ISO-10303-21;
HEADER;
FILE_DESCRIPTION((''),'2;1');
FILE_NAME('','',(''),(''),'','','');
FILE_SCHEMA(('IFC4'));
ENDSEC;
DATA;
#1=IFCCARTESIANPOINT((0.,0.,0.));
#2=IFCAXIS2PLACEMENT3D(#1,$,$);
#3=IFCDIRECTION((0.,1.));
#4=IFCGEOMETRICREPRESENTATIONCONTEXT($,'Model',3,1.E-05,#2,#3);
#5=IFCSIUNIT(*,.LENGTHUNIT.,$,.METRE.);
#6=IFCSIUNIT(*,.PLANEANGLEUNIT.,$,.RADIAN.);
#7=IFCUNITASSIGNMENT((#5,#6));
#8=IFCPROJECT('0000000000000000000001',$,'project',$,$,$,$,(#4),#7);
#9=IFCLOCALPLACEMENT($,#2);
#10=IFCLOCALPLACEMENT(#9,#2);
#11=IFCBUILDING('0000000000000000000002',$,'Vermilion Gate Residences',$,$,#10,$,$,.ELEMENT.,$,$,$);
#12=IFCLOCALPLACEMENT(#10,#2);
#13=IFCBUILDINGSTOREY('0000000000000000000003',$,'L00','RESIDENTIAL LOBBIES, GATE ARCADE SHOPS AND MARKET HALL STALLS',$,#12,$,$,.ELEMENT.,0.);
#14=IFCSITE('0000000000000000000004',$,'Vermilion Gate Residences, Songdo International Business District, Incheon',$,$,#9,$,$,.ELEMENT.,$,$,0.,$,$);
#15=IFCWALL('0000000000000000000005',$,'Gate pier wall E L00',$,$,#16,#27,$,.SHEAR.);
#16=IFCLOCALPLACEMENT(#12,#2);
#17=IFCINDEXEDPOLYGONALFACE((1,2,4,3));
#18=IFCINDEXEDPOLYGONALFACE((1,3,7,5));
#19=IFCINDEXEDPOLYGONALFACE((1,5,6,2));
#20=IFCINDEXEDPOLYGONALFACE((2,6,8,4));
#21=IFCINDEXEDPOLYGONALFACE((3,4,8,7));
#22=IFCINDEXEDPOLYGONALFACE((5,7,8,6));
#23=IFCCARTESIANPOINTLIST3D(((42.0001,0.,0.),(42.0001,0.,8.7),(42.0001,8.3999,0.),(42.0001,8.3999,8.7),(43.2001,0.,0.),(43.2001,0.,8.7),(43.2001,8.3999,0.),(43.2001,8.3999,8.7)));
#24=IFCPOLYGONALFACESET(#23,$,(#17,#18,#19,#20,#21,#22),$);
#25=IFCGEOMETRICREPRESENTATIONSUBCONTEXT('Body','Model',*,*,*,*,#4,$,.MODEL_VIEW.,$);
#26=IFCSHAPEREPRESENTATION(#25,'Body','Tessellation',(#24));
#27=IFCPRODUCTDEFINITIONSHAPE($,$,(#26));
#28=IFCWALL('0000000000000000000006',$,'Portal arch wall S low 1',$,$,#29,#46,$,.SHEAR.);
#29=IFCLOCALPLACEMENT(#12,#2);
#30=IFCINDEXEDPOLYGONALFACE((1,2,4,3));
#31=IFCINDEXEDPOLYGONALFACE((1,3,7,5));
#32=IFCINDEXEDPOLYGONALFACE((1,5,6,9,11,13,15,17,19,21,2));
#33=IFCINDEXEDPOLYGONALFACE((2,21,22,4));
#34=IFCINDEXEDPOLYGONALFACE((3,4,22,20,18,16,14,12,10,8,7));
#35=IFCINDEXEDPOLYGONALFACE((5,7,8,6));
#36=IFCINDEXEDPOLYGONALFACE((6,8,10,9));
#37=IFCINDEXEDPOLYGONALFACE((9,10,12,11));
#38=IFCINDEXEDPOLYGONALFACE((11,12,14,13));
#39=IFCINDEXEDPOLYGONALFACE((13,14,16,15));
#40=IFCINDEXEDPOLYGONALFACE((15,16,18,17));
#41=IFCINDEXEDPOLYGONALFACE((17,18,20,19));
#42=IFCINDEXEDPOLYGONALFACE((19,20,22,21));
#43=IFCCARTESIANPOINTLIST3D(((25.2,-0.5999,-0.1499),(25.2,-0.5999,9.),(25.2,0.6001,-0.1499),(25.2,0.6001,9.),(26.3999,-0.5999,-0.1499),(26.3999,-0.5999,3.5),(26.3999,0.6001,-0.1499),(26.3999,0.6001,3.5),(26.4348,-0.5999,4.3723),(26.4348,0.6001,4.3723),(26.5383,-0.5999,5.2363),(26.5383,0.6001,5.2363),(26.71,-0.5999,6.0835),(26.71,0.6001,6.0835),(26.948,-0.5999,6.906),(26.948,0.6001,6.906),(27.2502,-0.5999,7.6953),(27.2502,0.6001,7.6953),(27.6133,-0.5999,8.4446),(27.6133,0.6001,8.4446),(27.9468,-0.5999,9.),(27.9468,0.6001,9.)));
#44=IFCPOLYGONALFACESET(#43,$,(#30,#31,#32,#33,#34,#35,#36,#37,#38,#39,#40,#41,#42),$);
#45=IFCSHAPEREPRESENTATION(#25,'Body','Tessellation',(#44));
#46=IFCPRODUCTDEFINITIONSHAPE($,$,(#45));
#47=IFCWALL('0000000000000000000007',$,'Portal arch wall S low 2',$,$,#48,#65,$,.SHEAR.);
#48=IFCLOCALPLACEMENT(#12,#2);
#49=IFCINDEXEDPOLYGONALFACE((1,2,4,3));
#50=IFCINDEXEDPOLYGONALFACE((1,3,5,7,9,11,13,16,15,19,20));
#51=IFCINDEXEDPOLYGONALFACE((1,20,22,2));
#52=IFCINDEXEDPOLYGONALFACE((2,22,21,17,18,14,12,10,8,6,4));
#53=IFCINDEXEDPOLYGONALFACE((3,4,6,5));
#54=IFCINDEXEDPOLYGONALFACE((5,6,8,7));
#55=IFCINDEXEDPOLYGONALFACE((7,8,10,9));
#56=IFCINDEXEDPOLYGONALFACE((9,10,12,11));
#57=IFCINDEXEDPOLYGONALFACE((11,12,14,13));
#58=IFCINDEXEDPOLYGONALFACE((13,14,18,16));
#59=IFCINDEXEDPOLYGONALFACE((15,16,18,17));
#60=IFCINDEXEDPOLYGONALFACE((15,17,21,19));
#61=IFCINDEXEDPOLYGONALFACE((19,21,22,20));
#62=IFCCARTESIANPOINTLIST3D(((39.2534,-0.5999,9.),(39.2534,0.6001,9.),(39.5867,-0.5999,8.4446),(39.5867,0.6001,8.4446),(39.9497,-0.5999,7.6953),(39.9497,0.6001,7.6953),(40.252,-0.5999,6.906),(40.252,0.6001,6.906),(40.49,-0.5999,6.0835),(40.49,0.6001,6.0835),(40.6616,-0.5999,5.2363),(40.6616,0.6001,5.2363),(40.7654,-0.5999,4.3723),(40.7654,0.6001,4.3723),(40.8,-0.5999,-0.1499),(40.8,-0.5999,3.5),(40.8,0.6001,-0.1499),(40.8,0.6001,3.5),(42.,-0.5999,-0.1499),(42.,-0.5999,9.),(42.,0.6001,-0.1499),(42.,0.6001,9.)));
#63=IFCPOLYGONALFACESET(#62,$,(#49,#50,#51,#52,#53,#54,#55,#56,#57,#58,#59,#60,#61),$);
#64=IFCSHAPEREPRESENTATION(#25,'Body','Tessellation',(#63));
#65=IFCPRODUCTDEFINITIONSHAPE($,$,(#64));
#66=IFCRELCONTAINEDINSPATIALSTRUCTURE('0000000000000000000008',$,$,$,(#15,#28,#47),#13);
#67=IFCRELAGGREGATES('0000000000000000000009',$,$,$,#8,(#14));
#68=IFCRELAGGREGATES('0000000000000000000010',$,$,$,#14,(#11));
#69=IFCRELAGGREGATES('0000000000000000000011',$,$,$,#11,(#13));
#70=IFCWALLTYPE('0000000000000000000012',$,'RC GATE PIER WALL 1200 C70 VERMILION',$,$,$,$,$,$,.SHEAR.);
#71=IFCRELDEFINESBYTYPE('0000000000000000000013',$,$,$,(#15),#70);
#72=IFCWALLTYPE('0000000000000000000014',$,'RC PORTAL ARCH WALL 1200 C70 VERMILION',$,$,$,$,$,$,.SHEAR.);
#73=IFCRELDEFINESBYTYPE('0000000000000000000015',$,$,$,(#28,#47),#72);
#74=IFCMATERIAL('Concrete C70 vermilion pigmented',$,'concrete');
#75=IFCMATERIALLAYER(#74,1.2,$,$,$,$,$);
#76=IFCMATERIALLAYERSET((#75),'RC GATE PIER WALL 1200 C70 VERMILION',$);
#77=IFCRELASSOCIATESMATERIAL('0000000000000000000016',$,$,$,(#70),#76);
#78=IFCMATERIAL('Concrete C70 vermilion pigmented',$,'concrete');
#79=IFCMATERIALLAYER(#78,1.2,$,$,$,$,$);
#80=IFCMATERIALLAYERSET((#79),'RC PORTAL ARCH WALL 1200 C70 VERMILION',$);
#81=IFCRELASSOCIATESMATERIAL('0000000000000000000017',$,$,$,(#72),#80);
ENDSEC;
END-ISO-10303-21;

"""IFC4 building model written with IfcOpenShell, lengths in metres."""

from ifc_helpers import new_model, si_unit, direction, frame, frame_2d, origin, place, context, subcontext, project, spatial, polyline, rectangle, outline, extrude, material, layer, layer_set, type_object, element, save


model = new_model("IFC4")

# Units and contexts
model_context = context("Model", 3, precision=1e-05, world=origin(), true_north=direction((0.0, 1.0)))
body_context = subcontext(model_context, "Body", "Model", "MODEL_VIEW")
ifc_project = project(units=[si_unit("LENGTHUNIT", "METRE"), si_unit("PLANEANGLEUNIT", "RADIAN")], contexts=[model_context])

# Site, building, storey
site_placement = place(None, origin())
site = spatial("IfcSite", under=ifc_project, at=site_placement, Name="Vermilion Gate Residences, Songdo International Business District, Incheon", CompositionType="ELEMENT", RefElevation=0.0)
building_placement = place(site_placement, origin())
building = spatial("IfcBuilding", under=site, at=building_placement, Name="Vermilion Gate Residences", CompositionType="ELEMENT")
storey_placement = place(building_placement, origin())
storey = spatial("IfcBuildingStorey", under=building, at=storey_placement, Name="L00", Description="RESIDENTIAL LOBBIES, GATE ARCADE SHOPS AND MARKET HALL STALLS", CompositionType="ELEMENT", Elevation=0.0)

# Shared definitions
ifc_material_1 = material(Name="Concrete C70 vermilion pigmented", Category="concrete")
ifc_layer_1 = layer(ifc_material_1, 1.2)
ifc_layer_set_1 = layer_set([ifc_layer_1], Name="RC GATE PIER WALL 1200 C70 VERMILION")
wall_type_1 = type_object("IfcWallType", Name="RC GATE PIER WALL 1200 C70 VERMILION", PredefinedType="SHEAR", material=ifc_layer_set_1)

# Walls
wall_1_placement = place(storey_placement, frame((42.6001, 0.0, 0.0), z_axis=(0.0, 0.0, 1.0), x_axis=(0.0, 1.0, 0.0)))
element("IfcWall", 1, at=wall_1_placement, inside=storey, type_object=wall_type_1, Name="Gate pier wall E L00", PredefinedType="SHEAR", context=body_context, shape_type="SweptSolid", body=[
    extrude(rectangle(XDim=8.3999, YDim=1.2, at=frame_2d((4.2, 0.0))), origin(), (0.0, 0.0, 1.0), 8.7),
])
ifc_material_2 = material(Name="Concrete C70 vermilion pigmented", Category="concrete")
ifc_layer_2 = layer(ifc_material_2, 1.2)
ifc_layer_set_2 = layer_set([ifc_layer_2], Name="RC PORTAL ARCH WALL 1200 C70 VERMILION")
wall_type_2 = type_object("IfcWallType", Name="RC PORTAL ARCH WALL 1200 C70 VERMILION", PredefinedType="SHEAR", material=ifc_layer_set_2)
wall_2_placement = place(storey_placement, frame((25.2, 0.6001, 9.0), z_axis=(0.0, 1.0, 0.0), x_axis=(1.0, 0.0, 0.0)))
element("IfcWall", 2, at=wall_2_placement, inside=storey, type_object=wall_type_2, Name="Portal arch wall S low 1", PredefinedType="SHEAR", context=body_context, shape_type="SweptSolid", body=[
    extrude(outline(polyline([(0.0, 0.0), (2.7468, 0.0), (2.4133, 0.5554), (2.0503, 1.3047), (1.748, 2.094), (1.51, 2.9165), (1.3384, 3.7637), (1.2349, 4.6277), (1.2, 5.5), (1.2, 9.1499), (0.0, 9.1499), (0.0, 0.0)])), origin(), (0.0, 0.0, -1.0), 1.2),
])
wall_3_placement = place(storey_placement, frame((42.0, 0.6001, -0.1499), z_axis=(0.0, 1.0, 0.0), x_axis=(-1.0, 0.0, 0.0)))
element("IfcWall", 3, at=wall_3_placement, inside=storey, type_object=wall_type_2, Name="Portal arch wall S low 2", PredefinedType="SHEAR", context=body_context, shape_type="SweptSolid", body=[
    extrude(outline(polyline([(0.0, 0.0), (1.2, 0.0), (1.2, 3.6499), (1.2346, 4.5222), (1.3384, 5.3862), (1.51, 6.2334), (1.748, 7.0559), (2.0503, 7.8452), (2.4133, 8.5945), (2.7466, 9.1499), (0.0, 9.1499), (0.0, 0.0)])), origin(), (0.0, 0.0, -1.0), 1.2),
])

save(model, "model.ifc")
